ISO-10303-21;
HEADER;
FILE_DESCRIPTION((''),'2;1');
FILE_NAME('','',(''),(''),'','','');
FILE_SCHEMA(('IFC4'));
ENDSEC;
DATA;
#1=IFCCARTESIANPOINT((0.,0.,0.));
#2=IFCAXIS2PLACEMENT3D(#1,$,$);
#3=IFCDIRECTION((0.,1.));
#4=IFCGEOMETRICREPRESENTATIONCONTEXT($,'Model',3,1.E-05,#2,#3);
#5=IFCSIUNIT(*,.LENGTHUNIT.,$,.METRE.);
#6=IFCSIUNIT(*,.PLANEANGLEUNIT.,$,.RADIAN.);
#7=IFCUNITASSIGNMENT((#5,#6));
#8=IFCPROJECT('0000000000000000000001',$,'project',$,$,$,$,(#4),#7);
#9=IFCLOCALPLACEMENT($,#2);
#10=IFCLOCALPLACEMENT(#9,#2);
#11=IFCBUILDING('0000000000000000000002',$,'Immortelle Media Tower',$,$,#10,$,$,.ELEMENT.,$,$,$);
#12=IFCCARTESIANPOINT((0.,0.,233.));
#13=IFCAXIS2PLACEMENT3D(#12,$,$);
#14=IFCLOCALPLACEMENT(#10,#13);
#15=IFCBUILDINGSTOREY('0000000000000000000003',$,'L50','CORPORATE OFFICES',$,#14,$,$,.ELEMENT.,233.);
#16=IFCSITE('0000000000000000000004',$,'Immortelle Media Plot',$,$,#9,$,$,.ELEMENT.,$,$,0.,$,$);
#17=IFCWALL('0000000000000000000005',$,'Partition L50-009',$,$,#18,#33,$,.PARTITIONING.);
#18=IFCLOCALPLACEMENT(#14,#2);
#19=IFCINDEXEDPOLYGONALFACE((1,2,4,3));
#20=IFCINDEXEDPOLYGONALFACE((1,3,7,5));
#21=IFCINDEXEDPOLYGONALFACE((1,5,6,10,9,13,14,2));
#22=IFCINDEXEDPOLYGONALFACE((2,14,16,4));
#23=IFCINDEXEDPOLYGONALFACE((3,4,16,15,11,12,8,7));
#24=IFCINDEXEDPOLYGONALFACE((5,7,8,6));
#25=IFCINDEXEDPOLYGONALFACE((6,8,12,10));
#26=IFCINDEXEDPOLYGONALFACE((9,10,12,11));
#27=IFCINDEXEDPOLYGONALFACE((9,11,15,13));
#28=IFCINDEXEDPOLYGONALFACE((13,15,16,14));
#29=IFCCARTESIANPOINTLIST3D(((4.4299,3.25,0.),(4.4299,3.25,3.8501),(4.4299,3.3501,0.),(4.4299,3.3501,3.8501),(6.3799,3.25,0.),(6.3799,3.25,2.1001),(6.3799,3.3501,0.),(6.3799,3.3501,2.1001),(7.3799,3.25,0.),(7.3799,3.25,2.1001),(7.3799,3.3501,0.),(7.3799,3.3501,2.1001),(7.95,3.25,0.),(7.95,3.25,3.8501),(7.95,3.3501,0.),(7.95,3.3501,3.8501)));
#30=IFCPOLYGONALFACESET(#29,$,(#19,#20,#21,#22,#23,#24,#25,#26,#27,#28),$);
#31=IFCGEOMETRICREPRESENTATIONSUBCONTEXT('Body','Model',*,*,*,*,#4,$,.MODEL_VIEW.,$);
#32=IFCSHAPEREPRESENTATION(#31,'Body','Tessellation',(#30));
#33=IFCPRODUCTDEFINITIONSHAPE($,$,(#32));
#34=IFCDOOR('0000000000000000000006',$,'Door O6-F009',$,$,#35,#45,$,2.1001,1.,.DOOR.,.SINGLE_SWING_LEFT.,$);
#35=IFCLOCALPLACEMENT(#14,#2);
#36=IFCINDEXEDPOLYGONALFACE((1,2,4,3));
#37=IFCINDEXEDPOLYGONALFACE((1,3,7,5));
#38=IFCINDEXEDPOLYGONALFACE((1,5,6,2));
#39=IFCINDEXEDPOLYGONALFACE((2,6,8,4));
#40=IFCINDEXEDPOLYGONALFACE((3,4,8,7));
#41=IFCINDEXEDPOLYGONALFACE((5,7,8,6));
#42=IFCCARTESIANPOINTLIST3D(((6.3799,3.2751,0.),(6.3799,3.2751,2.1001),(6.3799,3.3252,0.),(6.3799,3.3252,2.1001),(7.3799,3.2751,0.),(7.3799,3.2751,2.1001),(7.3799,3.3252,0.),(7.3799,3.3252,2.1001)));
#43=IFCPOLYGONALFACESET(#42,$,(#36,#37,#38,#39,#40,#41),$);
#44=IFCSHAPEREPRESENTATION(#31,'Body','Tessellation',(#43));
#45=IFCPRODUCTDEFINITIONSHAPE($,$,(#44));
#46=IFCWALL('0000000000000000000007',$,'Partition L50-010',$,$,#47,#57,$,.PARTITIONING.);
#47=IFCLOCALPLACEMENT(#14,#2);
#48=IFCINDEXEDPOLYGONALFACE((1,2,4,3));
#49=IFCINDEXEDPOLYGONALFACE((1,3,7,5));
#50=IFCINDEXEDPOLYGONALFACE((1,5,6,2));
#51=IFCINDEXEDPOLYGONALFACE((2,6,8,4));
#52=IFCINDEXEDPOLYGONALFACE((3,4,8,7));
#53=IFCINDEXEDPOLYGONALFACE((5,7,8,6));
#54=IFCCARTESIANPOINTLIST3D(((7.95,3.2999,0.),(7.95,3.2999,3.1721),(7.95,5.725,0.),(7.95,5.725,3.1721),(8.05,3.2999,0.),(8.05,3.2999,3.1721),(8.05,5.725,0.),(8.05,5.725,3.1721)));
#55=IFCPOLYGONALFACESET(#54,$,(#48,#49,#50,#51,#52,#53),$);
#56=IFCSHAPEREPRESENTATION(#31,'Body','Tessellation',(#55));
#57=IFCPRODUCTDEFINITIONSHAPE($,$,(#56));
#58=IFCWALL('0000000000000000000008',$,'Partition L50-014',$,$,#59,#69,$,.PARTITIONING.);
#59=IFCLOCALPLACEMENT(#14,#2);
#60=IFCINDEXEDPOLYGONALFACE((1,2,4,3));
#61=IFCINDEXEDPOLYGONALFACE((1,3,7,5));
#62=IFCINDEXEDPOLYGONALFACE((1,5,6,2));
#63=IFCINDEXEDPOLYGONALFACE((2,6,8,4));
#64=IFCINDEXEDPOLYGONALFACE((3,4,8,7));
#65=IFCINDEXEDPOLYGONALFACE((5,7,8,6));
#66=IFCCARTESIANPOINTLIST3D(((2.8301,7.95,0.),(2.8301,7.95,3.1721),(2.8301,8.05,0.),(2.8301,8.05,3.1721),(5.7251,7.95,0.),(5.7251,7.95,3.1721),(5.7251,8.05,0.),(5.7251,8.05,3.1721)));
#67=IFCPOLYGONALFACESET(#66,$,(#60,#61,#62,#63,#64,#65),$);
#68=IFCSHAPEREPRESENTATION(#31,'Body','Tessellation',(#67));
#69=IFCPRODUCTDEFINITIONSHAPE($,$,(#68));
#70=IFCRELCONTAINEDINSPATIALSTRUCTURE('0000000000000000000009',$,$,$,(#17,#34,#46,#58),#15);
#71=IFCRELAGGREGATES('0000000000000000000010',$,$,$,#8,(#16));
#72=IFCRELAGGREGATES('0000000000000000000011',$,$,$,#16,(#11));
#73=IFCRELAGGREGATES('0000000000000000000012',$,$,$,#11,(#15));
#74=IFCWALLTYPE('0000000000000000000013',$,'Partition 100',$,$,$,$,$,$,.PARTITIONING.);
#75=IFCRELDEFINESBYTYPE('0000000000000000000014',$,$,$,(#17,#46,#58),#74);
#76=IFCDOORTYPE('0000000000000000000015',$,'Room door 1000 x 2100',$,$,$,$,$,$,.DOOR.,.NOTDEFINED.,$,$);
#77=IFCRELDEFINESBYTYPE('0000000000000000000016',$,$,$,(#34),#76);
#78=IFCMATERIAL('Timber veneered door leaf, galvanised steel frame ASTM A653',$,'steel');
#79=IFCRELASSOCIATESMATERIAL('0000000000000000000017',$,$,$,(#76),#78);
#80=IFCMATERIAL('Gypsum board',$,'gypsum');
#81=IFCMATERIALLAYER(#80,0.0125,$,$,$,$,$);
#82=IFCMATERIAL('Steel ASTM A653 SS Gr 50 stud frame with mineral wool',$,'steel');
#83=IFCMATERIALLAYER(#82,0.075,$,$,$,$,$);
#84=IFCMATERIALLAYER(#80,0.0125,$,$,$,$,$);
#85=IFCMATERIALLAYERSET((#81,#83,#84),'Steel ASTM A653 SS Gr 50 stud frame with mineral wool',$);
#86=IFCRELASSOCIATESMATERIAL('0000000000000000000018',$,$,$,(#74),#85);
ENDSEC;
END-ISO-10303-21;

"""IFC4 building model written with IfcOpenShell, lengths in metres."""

from ifc_helpers import new_model, si_unit, direction, frame, frame_2d, origin, place, context, subcontext, project, spatial, rectangle, extrude, material, layer, layer_set, type_object, element, fill, save


model = new_model("IFC4")

# Units and contexts
model_context = context("Model", 3, precision=1e-05, world=origin(), true_north=direction((0.0, 1.0)))
body_context = subcontext(model_context, "Body", "Model", "MODEL_VIEW")
ifc_project = project(units=[si_unit("LENGTHUNIT", "METRE"), si_unit("PLANEANGLEUNIT", "RADIAN")], contexts=[model_context])

# Site, building, storey
site_placement = place(None, origin())
site = spatial("IfcSite", under=ifc_project, at=site_placement, Name="Immortelle Media Plot", CompositionType="ELEMENT", RefElevation=0.0)
building_placement = place(site_placement, origin())
building = spatial("IfcBuilding", under=site, at=building_placement, Name="Immortelle Media Tower", CompositionType="ELEMENT")
storey_placement = place(building_placement, frame((0.0, 0.0, 233.0)))
storey = spatial("IfcBuildingStorey", under=building, at=storey_placement, Name="L50", Description="CORPORATE OFFICES", CompositionType="ELEMENT", Elevation=233.0)

# Shared definitions
ifc_material_1 = material(Name="Steel ASTM A653 SS Gr 50 stud frame with mineral wool", Category="steel")
ifc_material_2 = material(Name="Timber veneered door leaf, galvanised steel frame ASTM A653", Category="steel")
door_type = type_object("IfcDoorType", Name="Room door 1000 x 2100", OperationType="NOTDEFINED", PredefinedType="DOOR", material=ifc_material_2)

# Shared definitions
ifc_material_3 = material(Name="Gypsum board", Category="gypsum")
ifc_layer_1 = layer(ifc_material_3, 0.0125)
ifc_layer_2 = layer(ifc_material_1, 0.075)
ifc_layer_3 = layer(ifc_material_3, 0.0125)
ifc_layer_set_1 = layer_set([ifc_layer_1, ifc_layer_2, ifc_layer_3], Name="Steel ASTM A653 SS Gr 50 stud frame with mineral wool")
wall_type_1 = type_object("IfcWallType", Name="Partition 100", PredefinedType="PARTITIONING", material=ifc_layer_set_1)

# Wall, opening, door
wall_1_placement = place(storey_placement, frame((4.4299, 3.3, 0.0), z_axis=(0.0, 0.0, 1.0), x_axis=(1.0, 0.0, 0.0)))
wall_1 = element("IfcWall", 1, at=wall_1_placement, inside=storey, type_object=wall_type_1, Name="Partition L50-009", PredefinedType="PARTITIONING", context=body_context, shape_type="SweptSolid", body=[
    extrude(rectangle(XDim=3.52, YDim=0.1001, at=frame_2d((1.76, 0.0))), origin(), (0.0, 0.0, 1.0), 3.8501),
])
opening_1_placement = place(wall_1_placement, frame((2.95, 0.0, 0.0), z_axis=(0.0, 0.0, 1.0), x_axis=(-1.0, 0.0, 0.0)))
opening_1 = element("IfcOpeningElement", 2, at=opening_1_placement, cuts=wall_1, PredefinedType="OPENING", context=body_context, shape_type="SweptSolid", body=[
    extrude(rectangle(XDim=1.0, YDim=2.1001, at=frame_2d((0.5, 1.05))), frame((0.0, 0.0601, 0.0), z_axis=(0.0, -1.0, 0.0), x_axis=(1.0, 0.0, 0.0)), (0.0, 0.0, 1.0), 0.1201),
])
door_1_placement = place(opening_1_placement, origin())
door_1 = element("IfcDoor", 3, at=door_1_placement, inside=storey, type_object=door_type, Name="Door O6-F009", OperationType="SINGLE_SWING_LEFT", OverallHeight=2.1001, OverallWidth=1.0, PredefinedType="DOOR", context=body_context, shape_type="SweptSolid", body=[
    extrude(rectangle(XDim=1.0, YDim=2.1001, at=frame_2d((0.5, 1.05))), frame((0.0, 0.0249, 0.0), z_axis=(0.0, -1.0, 0.0), x_axis=(1.0, 0.0, 0.0)), (0.0, 0.0, 1.0), 0.05),
])
fill(opening_1, door_1)

# Walls
wall_2_placement = place(storey_placement, frame((8.0, 3.3, 0.0), z_axis=(0.0, 0.0, 1.0), x_axis=(0.0, 1.0, 0.0)))
element("IfcWall", 4, at=wall_2_placement, inside=storey, type_object=wall_type_1, Name="Partition L50-010", PredefinedType="PARTITIONING", context=body_context, shape_type="SweptSolid", body=[
    extrude(rectangle(XDim=2.425, YDim=0.1001, at=frame_2d((1.2124, 0.0))), origin(), (0.0, 0.0, 1.0), 3.1721),
])
wall_3_placement = place(storey_placement, frame((2.8301, 8.0, 0.0), z_axis=(0.0, 0.0, 1.0), x_axis=(1.0, 0.0, 0.0)))
element("IfcWall", 5, at=wall_3_placement, inside=storey, type_object=wall_type_1, Name="Partition L50-014", PredefinedType="PARTITIONING", context=body_context, shape_type="SweptSolid", body=[
    extrude(rectangle(XDim=2.895, YDim=0.1001, at=frame_2d((1.4475, 0.0))), origin(), (0.0, 0.0, 1.0), 3.1721),
])

save(model, "model.ifc")
